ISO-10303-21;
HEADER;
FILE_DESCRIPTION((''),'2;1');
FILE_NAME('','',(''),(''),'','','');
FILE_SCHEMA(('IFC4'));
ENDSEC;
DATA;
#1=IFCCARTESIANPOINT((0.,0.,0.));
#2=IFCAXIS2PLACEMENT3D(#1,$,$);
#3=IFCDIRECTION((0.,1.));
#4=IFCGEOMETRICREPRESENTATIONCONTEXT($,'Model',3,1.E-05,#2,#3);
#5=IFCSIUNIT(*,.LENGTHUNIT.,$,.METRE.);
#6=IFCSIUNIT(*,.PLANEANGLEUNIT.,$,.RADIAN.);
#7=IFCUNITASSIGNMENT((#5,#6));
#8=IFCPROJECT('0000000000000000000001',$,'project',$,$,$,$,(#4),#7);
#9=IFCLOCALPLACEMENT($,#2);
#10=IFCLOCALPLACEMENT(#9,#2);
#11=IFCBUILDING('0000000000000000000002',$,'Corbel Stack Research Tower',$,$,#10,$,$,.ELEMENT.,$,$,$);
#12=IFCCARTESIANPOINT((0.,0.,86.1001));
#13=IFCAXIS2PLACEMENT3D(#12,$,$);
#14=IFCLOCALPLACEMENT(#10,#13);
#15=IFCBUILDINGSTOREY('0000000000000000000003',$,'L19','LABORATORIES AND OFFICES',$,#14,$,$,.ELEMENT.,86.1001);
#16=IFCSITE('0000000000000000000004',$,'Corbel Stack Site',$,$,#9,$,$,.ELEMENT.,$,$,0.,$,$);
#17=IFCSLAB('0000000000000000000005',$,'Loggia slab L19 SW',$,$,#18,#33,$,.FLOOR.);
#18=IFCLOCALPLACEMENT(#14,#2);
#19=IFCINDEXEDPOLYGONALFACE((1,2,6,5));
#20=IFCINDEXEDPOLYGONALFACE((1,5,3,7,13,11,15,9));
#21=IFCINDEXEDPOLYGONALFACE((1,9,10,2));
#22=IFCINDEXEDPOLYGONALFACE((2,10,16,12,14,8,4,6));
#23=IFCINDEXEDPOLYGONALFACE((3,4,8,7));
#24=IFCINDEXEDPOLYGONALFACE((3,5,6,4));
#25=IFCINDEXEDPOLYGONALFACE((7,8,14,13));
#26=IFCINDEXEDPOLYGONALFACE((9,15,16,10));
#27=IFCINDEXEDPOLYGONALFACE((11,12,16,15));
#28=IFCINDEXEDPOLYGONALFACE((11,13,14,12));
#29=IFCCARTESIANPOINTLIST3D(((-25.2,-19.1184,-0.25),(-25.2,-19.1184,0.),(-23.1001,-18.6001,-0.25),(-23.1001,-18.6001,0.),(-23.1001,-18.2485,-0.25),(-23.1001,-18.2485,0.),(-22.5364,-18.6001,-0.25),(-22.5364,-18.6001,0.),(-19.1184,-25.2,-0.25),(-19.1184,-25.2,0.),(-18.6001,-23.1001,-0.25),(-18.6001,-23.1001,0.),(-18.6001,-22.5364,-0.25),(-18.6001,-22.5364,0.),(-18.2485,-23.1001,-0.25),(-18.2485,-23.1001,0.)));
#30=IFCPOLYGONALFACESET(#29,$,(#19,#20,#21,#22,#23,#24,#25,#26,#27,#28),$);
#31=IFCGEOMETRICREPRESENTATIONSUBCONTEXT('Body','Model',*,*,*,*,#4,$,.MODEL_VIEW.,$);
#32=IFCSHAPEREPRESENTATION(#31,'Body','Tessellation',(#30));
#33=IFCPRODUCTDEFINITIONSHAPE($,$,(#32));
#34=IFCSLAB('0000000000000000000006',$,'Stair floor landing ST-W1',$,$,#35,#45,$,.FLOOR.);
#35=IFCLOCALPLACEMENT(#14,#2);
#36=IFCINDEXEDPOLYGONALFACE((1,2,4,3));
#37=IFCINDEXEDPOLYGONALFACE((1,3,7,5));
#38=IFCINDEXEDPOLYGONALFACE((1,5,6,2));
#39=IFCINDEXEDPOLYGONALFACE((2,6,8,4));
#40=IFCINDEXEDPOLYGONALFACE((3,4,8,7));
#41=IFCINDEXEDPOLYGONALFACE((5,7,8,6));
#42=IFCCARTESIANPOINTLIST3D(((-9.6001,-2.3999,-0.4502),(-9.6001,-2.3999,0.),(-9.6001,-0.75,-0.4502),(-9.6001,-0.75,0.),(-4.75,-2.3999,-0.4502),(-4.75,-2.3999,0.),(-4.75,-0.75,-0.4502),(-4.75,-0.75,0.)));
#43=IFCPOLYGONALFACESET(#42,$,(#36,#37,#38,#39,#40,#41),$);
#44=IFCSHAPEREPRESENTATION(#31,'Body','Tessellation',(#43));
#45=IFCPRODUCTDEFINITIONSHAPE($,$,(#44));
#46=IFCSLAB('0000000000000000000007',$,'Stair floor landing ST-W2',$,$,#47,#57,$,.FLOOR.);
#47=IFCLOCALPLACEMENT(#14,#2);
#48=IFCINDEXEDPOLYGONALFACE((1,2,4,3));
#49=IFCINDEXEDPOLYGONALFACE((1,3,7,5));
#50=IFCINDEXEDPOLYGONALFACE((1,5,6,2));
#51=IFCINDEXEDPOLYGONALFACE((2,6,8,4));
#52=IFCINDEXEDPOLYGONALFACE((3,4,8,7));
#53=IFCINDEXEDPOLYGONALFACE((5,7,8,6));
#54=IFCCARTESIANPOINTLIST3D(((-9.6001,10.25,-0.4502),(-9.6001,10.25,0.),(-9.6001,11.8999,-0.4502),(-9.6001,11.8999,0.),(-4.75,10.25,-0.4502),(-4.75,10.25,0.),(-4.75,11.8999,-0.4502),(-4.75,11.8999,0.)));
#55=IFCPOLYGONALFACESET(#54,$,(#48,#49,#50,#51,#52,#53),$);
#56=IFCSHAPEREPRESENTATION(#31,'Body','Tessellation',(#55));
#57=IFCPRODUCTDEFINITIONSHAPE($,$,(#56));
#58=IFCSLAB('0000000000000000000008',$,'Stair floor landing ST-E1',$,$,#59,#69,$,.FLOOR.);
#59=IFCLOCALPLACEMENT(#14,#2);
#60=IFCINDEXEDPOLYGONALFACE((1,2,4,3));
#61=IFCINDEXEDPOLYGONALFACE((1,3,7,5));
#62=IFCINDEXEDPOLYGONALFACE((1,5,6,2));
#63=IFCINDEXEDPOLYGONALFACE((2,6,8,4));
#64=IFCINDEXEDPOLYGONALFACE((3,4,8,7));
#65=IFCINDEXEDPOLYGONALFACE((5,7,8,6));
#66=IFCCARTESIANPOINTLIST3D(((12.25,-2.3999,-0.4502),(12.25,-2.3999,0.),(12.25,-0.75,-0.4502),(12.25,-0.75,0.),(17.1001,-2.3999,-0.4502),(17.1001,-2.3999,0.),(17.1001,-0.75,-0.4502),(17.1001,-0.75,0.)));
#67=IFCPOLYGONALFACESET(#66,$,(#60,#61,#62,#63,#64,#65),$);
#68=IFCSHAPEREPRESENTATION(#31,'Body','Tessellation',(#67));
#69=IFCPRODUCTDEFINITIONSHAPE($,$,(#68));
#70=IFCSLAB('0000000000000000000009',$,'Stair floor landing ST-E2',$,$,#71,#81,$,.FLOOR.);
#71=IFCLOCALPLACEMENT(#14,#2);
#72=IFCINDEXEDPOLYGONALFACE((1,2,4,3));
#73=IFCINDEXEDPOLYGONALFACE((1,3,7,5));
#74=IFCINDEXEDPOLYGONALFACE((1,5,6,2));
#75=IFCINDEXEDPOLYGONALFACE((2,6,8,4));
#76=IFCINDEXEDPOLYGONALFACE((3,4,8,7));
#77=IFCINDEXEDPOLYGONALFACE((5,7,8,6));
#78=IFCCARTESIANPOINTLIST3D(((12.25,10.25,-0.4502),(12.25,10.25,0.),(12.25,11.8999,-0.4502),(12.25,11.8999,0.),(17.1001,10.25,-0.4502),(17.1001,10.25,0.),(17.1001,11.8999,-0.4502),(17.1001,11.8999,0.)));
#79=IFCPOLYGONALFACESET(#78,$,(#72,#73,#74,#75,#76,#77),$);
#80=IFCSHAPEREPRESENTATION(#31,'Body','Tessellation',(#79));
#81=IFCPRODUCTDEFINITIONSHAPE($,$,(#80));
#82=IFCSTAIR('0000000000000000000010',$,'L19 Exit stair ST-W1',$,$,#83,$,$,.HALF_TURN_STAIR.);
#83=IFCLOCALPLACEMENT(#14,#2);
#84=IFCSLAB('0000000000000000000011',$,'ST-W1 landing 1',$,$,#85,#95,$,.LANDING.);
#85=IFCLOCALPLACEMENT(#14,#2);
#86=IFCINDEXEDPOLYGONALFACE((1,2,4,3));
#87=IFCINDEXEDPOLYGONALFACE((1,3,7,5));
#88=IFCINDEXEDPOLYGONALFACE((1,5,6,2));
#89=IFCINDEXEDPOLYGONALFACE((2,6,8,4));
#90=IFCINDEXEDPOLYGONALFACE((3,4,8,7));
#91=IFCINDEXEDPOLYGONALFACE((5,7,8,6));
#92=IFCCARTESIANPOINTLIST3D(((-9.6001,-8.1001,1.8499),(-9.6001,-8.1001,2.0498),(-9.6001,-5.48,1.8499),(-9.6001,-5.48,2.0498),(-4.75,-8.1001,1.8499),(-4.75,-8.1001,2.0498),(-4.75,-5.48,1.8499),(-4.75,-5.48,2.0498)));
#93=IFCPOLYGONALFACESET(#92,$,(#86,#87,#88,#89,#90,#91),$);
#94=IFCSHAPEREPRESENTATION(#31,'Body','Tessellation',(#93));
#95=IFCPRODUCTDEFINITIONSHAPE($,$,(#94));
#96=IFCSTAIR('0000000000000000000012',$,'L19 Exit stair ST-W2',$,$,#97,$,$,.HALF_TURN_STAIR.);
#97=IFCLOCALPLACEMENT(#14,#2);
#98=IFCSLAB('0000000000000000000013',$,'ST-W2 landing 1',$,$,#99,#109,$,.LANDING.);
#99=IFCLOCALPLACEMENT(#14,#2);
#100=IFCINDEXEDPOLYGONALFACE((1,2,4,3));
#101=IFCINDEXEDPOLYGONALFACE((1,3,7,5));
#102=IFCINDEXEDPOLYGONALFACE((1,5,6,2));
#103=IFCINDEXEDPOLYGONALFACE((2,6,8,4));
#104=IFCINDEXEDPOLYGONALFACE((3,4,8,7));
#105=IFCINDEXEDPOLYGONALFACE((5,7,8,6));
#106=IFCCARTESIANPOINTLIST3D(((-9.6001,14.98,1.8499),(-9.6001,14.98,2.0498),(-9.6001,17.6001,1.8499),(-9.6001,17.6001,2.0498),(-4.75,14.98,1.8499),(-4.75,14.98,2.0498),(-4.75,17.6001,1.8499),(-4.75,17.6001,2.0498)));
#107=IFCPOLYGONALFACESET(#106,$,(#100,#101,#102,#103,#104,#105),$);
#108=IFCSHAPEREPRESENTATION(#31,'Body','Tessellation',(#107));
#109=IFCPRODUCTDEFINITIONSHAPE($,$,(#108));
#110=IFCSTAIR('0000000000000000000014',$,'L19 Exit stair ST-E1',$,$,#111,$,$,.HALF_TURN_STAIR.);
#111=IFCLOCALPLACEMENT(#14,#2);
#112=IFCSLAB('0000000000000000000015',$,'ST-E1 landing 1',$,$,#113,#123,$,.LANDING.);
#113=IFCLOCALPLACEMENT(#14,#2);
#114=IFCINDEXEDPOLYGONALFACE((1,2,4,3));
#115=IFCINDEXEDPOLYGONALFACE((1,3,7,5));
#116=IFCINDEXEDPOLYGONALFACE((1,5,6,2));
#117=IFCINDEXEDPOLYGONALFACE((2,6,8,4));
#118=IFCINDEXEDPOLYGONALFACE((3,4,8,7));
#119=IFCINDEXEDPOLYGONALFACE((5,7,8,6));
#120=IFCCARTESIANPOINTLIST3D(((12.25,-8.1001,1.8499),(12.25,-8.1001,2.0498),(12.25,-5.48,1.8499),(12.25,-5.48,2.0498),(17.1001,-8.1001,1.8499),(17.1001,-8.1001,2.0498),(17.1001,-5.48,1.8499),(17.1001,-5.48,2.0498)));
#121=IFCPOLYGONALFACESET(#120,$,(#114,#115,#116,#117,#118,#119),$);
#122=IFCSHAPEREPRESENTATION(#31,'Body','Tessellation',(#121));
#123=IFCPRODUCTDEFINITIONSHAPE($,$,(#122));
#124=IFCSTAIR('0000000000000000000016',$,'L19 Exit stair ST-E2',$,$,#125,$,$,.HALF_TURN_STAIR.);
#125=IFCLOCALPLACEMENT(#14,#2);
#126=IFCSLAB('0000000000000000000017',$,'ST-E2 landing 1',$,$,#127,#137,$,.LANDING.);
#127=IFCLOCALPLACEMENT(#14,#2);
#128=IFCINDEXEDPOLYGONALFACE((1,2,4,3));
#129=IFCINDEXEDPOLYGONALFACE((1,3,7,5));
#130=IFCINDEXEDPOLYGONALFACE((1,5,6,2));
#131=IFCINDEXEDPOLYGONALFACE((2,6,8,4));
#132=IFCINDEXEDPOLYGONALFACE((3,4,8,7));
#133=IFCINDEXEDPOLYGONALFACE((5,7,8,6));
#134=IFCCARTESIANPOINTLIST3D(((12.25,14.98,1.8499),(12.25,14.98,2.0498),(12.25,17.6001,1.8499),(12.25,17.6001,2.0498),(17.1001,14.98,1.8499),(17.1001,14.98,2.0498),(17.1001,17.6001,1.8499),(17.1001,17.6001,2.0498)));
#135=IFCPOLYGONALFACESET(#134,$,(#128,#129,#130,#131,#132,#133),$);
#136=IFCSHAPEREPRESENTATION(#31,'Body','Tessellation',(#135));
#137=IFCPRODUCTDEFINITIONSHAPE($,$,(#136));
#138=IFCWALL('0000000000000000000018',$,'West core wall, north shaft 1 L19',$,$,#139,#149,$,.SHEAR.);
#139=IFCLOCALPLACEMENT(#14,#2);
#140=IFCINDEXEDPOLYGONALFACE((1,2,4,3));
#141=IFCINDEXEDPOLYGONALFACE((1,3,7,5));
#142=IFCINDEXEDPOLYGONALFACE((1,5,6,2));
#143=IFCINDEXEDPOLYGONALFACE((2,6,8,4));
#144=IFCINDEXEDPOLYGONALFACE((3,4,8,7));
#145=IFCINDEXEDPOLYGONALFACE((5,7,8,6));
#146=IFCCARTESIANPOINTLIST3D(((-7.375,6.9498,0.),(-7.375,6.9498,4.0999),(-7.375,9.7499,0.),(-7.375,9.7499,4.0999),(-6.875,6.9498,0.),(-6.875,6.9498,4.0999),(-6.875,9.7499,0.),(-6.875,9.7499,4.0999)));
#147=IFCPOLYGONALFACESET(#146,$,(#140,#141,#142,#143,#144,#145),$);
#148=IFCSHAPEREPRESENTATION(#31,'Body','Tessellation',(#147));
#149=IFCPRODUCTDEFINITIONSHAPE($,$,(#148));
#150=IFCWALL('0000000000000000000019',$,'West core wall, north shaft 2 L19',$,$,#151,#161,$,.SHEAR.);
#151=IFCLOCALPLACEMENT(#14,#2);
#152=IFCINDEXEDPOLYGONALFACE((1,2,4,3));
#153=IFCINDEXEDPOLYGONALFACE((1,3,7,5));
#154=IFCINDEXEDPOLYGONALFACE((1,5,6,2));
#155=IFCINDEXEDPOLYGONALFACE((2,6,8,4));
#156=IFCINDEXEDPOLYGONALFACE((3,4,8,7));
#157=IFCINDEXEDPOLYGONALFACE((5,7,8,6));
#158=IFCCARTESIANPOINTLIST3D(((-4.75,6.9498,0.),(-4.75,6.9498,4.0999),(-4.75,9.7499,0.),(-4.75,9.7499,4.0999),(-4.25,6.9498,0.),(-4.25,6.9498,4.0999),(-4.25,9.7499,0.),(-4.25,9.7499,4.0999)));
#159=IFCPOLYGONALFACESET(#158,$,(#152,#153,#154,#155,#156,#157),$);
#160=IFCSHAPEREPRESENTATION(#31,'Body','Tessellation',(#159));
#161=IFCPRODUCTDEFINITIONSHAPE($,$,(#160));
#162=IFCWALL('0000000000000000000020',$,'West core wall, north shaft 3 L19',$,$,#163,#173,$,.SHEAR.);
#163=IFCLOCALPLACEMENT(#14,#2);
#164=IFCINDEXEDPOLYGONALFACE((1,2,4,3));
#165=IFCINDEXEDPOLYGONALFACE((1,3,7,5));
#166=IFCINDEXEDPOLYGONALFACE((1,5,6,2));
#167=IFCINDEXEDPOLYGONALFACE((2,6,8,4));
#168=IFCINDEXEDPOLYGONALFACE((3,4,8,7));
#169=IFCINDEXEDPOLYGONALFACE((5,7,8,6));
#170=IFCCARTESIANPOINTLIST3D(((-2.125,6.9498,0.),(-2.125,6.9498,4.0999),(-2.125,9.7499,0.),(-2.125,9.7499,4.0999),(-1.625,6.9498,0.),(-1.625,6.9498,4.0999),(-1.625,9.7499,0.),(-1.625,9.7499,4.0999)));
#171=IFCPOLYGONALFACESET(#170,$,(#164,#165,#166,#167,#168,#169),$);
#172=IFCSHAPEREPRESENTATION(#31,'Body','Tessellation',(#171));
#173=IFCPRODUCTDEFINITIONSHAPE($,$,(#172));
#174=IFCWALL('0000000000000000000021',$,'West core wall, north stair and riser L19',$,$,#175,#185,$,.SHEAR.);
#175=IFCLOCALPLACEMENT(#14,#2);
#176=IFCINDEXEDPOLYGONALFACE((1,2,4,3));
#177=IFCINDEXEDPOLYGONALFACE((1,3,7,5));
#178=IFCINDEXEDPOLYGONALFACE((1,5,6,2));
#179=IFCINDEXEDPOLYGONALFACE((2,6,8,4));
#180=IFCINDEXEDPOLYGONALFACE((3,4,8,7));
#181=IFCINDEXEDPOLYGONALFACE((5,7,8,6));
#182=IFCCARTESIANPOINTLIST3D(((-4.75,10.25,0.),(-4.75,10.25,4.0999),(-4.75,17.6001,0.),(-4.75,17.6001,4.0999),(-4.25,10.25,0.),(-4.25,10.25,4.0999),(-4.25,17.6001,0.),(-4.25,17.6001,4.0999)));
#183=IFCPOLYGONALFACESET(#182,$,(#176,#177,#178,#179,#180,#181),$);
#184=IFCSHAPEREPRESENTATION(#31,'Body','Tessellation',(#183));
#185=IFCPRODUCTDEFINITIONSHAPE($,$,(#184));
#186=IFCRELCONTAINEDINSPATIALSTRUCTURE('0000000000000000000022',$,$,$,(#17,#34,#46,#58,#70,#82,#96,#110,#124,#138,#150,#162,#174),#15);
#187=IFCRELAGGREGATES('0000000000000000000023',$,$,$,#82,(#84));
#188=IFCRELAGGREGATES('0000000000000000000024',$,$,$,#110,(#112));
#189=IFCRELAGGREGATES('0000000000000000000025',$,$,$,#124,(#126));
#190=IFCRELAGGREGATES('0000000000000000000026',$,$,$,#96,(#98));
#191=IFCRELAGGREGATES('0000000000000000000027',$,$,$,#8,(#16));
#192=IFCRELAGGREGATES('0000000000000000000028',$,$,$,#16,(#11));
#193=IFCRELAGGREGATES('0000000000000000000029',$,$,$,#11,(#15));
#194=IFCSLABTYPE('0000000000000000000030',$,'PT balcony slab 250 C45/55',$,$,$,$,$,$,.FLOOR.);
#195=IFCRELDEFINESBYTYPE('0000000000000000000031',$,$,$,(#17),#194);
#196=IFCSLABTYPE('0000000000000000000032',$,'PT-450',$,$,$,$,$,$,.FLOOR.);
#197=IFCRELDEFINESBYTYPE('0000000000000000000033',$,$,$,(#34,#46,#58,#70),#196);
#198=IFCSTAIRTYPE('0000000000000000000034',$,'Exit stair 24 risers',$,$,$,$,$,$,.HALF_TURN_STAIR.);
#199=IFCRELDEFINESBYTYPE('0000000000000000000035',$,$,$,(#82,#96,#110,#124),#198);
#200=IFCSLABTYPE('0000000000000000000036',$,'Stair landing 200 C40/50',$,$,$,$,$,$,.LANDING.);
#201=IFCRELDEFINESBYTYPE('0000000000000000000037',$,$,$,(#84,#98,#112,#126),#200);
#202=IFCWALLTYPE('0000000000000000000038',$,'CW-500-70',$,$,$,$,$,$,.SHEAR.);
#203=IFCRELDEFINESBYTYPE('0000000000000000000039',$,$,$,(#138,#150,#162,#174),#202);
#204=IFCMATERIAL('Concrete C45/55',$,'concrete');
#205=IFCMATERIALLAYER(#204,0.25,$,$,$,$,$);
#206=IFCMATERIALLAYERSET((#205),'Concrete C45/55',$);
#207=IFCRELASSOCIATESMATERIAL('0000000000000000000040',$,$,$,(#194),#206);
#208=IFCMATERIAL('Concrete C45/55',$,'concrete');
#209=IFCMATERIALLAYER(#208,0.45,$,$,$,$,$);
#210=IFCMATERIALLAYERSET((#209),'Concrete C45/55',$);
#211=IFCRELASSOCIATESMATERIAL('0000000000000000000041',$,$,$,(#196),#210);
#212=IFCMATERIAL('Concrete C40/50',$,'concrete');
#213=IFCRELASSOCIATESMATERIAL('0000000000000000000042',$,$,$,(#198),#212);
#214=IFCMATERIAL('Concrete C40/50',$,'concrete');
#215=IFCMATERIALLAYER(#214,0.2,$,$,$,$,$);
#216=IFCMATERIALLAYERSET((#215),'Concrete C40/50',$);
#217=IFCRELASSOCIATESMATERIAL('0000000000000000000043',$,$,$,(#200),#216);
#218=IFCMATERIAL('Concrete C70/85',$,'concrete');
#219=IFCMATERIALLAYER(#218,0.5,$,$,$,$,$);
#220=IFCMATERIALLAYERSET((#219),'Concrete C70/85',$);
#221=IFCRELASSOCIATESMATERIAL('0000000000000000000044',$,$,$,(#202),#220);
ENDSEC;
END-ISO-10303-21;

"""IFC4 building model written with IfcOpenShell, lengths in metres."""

from ifc_helpers import new_model, si_unit, direction, frame, frame_2d, origin, place, context, subcontext, project, spatial, polyline, rectangle, outline, extrude, material, layer, layer_set, type_object, element, aggregate, save


model = new_model("IFC4")

# Units and contexts
model_context = context("Model", 3, precision=1e-05, world=origin(), true_north=direction((0.0, 1.0)))
body_context = subcontext(model_context, "Body", "Model", "MODEL_VIEW")
ifc_project = project(units=[si_unit("LENGTHUNIT", "METRE"), si_unit("PLANEANGLEUNIT", "RADIAN")], contexts=[model_context])

# Site, building, storey
site_placement = place(None, origin())
site = spatial("IfcSite", under=ifc_project, at=site_placement, Name="Corbel Stack Site", CompositionType="ELEMENT", RefElevation=0.0)
building_placement = place(site_placement, origin())
building = spatial("IfcBuilding", under=site, at=building_placement, Name="Corbel Stack Research Tower", CompositionType="ELEMENT")
storey_placement = place(building_placement, frame((0.0, 0.0, 86.1001)))
storey = spatial("IfcBuildingStorey", under=building, at=storey_placement, Name="L19", Description="LABORATORIES AND OFFICES", CompositionType="ELEMENT", Elevation=86.1001)

# Slabs
ifc_material_1 = material(Name="Concrete C45/55", Category="concrete")
ifc_layer_1 = layer(ifc_material_1, 0.25)
ifc_layer_set_1 = layer_set([ifc_layer_1], Name="Concrete C45/55")
slab_type_1 = type_object("IfcSlabType", Name="PT balcony slab 250 C45/55", PredefinedType="FLOOR", material=ifc_layer_set_1)
slab_1_placement = place(storey_placement, frame((0.0, 0.0, -0.25)))
element("IfcSlab", 1, at=slab_1_placement, inside=storey, type_object=slab_type_1, Name="Loggia slab L19 SW", PredefinedType="FLOOR", context=body_context, shape_type="SweptSolid", body=[
    extrude(outline(polyline([(-18.2485, -23.1001), (-18.6001, -23.1001), (-18.6001, -22.5364), (-22.5364, -18.6001), (-23.1001, -18.6001), (-23.1001, -18.2485), (-25.2, -19.1184), (-19.1184, -25.2), (-18.2485, -23.1001)])), origin(), (0.0, 0.0, 1.0), 0.25),
])
ifc_material_2 = material(Name="Concrete C45/55", Category="concrete")
ifc_layer_2 = layer(ifc_material_2, 0.45)
ifc_layer_set_2 = layer_set([ifc_layer_2], Name="Concrete C45/55")
slab_type_2 = type_object("IfcSlabType", Name="PT-450", PredefinedType="FLOOR", material=ifc_layer_set_2)
slab_2_placement = place(storey_placement, frame((0.0, 0.0, -0.4502)))
element("IfcSlab", 2, at=slab_2_placement, inside=storey, type_object=slab_type_2, Name="Stair floor landing ST-W1", PredefinedType="FLOOR", context=body_context, shape_type="SweptSolid", body=[
    extrude(outline(polyline([(-9.6001, -2.3999), (-4.75, -2.3999), (-4.75, -0.75), (-9.6001, -0.75), (-9.6001, -2.3999)])), origin(), (0.0, 0.0, 1.0), 0.4502),
])
slab_3_placement = place(storey_placement, frame((0.0, 0.0, -0.4502)))
element("IfcSlab", 3, at=slab_3_placement, inside=storey, type_object=slab_type_2, Name="Stair floor landing ST-W2", PredefinedType="FLOOR", context=body_context, shape_type="SweptSolid", body=[
    extrude(outline(polyline([(-9.6001, 10.25), (-4.75, 10.25), (-4.75, 11.8999), (-9.6001, 11.8999), (-9.6001, 10.25)])), origin(), (0.0, 0.0, 1.0), 0.4502),
])
slab_4_placement = place(storey_placement, frame((0.0, 0.0, -0.4502)))
element("IfcSlab", 4, at=slab_4_placement, inside=storey, type_object=slab_type_2, Name="Stair floor landing ST-E1", PredefinedType="FLOOR", context=body_context, shape_type="SweptSolid", body=[
    extrude(outline(polyline([(12.25, -2.3999), (17.1001, -2.3999), (17.1001, -0.75), (12.25, -0.75), (12.25, -2.3999)])), origin(), (0.0, 0.0, 1.0), 0.4502),
])
slab_5_placement = place(storey_placement, frame((0.0, 0.0, -0.4502)))
element("IfcSlab", 5, at=slab_5_placement, inside=storey, type_object=slab_type_2, Name="Stair floor landing ST-E2", PredefinedType="FLOOR", context=body_context, shape_type="SweptSolid", body=[
    extrude(outline(polyline([(12.25, 10.25), (17.1001, 10.25), (17.1001, 11.8999), (12.25, 11.8999), (12.25, 10.25)])), origin(), (0.0, 0.0, 1.0), 0.4502),
])

# Stairs, slabs
ifc_material_3 = material(Name="Concrete C40/50", Category="concrete")
stair_type = type_object("IfcStairType", Name="Exit stair 24 risers", PredefinedType="HALF_TURN_STAIR", material=ifc_material_3)
stair_1_placement = place(storey_placement, origin())
stair_1 = element("IfcStair", 6, at=stair_1_placement, inside=storey, type_object=stair_type, Name="L19 Exit stair ST-W1", PredefinedType="HALF_TURN_STAIR")
ifc_material_4 = material(Name="Concrete C40/50", Category="concrete")
ifc_layer_3 = layer(ifc_material_4, 0.2)
ifc_layer_set_3 = layer_set([ifc_layer_3], Name="Concrete C40/50")
slab_type_3 = type_object("IfcSlabType", Name="Stair landing 200 C40/50", PredefinedType="LANDING", material=ifc_layer_set_3)
slab_6_placement = place(storey_placement, frame((0.0, 0.0, 1.8499)))
slab_6 = element("IfcSlab", 7, at=slab_6_placement, type_object=slab_type_3, Name="ST-W1 landing 1", PredefinedType="LANDING", context=body_context, shape_type="SweptSolid", body=[
    extrude(outline(polyline([(-9.6001, -8.1001), (-9.6001, -5.48), (-4.75, -5.48), (-4.75, -8.1001), (-9.6001, -8.1001)])), origin(), (0.0, 0.0, 1.0), 0.2),
])
aggregate(stair_1, [slab_6])
stair_2_placement = place(storey_placement, origin())
stair_2 = element("IfcStair", 8, at=stair_2_placement, inside=storey, type_object=stair_type, Name="L19 Exit stair ST-W2", PredefinedType="HALF_TURN_STAIR")
slab_7_placement = place(storey_placement, frame((0.0, 0.0, 1.8499)))
slab_7 = element("IfcSlab", 9, at=slab_7_placement, type_object=slab_type_3, Name="ST-W2 landing 1", PredefinedType="LANDING", context=body_context, shape_type="SweptSolid", body=[
    extrude(outline(polyline([(-9.6001, 14.98), (-9.6001, 17.6001), (-4.75, 17.6001), (-4.75, 14.98), (-9.6001, 14.98)])), origin(), (0.0, 0.0, 1.0), 0.2),
])
stair_3_placement = place(storey_placement, origin())
stair_3 = element("IfcStair", 10, at=stair_3_placement, inside=storey, type_object=stair_type, Name="L19 Exit stair ST-E1", PredefinedType="HALF_TURN_STAIR")
slab_8_placement = place(storey_placement, frame((0.0, 0.0, 1.8499)))
slab_8 = element("IfcSlab", 11, at=slab_8_placement, type_object=slab_type_3, Name="ST-E1 landing 1", PredefinedType="LANDING", context=body_context, shape_type="SweptSolid", body=[
    extrude(outline(polyline([(12.25, -8.1001), (12.25, -5.48), (17.1001, -5.48), (17.1001, -8.1001), (12.25, -8.1001)])), origin(), (0.0, 0.0, 1.0), 0.2),
])
aggregate(stair_3, [slab_8])
stair_4_placement = place(storey_placement, origin())
stair_4 = element("IfcStair", 12, at=stair_4_placement, inside=storey, type_object=stair_type, Name="L19 Exit stair ST-E2", PredefinedType="HALF_TURN_STAIR")
slab_9_placement = place(storey_placement, frame((0.0, 0.0, 1.8499)))
slab_9 = element("IfcSlab", 13, at=slab_9_placement, type_object=slab_type_3, Name="ST-E2 landing 1", PredefinedType="LANDING", context=body_context, shape_type="SweptSolid", body=[
    extrude(outline(polyline([(12.25, 14.98), (12.25, 17.6001), (17.1001, 17.6001), (17.1001, 14.98), (12.25, 14.98)])), origin(), (0.0, 0.0, 1.0), 0.2),
])
aggregate(stair_4, [slab_9])

# Walls
ifc_material_5 = material(Name="Concrete C70/85", Category="concrete")
ifc_layer_4 = layer(ifc_material_5, 0.5)
ifc_layer_set_4 = layer_set([ifc_layer_4], Name="Concrete C70/85")
wall_type_1 = type_object("IfcWallType", Name="CW-500-70", PredefinedType="SHEAR", material=ifc_layer_set_4)
for number, where, z_axis, x_axis, name in (
    (14, (-7.125, 6.95, 0.0), (0.0, 0.0, 1.0), (0.0, 1.0, 0.0), "West core wall, north shaft 1 L19"),
    (15, (-4.5, 6.95, 0.0), (0.0, 0.0, 1.0), (0.0, 1.0, 0.0), "West core wall, north shaft 2 L19"),
    (16, (-1.875, 6.95, 0.0), (0.0, 0.0, 1.0), (0.0, 1.0, 0.0), "West core wall, north shaft 3 L19"),
):
    element("IfcWall", number, at=place(storey_placement, frame(where, z_axis=z_axis, x_axis=x_axis)), inside=storey, type_object=wall_type_1, Name=name, PredefinedType="SHEAR", context=body_context, shape_type="SweptSolid", body=[
        extrude(rectangle(XDim=2.8, YDim=0.5, at=frame_2d((1.3999, 0.0))), origin(), (0.0, 0.0, 1.0), 4.0999),
    ])
wall_1_placement = place(storey_placement, frame((-4.5, 10.25, 0.0), z_axis=(0.0, 0.0, 1.0), x_axis=(0.0, 1.0, 0.0)))
element("IfcWall", 17, at=wall_1_placement, inside=storey, type_object=wall_type_1, Name="West core wall, north stair and riser L19", PredefinedType="SHEAR", context=body_context, shape_type="SweptSolid", body=[
    extrude(rectangle(XDim=7.3501, YDim=0.5, at=frame_2d((3.675, 0.0))), origin(), (0.0, 0.0, 1.0), 4.0999),
])

aggregate(stair_2, [slab_7])

save(model, "model.ifc")
